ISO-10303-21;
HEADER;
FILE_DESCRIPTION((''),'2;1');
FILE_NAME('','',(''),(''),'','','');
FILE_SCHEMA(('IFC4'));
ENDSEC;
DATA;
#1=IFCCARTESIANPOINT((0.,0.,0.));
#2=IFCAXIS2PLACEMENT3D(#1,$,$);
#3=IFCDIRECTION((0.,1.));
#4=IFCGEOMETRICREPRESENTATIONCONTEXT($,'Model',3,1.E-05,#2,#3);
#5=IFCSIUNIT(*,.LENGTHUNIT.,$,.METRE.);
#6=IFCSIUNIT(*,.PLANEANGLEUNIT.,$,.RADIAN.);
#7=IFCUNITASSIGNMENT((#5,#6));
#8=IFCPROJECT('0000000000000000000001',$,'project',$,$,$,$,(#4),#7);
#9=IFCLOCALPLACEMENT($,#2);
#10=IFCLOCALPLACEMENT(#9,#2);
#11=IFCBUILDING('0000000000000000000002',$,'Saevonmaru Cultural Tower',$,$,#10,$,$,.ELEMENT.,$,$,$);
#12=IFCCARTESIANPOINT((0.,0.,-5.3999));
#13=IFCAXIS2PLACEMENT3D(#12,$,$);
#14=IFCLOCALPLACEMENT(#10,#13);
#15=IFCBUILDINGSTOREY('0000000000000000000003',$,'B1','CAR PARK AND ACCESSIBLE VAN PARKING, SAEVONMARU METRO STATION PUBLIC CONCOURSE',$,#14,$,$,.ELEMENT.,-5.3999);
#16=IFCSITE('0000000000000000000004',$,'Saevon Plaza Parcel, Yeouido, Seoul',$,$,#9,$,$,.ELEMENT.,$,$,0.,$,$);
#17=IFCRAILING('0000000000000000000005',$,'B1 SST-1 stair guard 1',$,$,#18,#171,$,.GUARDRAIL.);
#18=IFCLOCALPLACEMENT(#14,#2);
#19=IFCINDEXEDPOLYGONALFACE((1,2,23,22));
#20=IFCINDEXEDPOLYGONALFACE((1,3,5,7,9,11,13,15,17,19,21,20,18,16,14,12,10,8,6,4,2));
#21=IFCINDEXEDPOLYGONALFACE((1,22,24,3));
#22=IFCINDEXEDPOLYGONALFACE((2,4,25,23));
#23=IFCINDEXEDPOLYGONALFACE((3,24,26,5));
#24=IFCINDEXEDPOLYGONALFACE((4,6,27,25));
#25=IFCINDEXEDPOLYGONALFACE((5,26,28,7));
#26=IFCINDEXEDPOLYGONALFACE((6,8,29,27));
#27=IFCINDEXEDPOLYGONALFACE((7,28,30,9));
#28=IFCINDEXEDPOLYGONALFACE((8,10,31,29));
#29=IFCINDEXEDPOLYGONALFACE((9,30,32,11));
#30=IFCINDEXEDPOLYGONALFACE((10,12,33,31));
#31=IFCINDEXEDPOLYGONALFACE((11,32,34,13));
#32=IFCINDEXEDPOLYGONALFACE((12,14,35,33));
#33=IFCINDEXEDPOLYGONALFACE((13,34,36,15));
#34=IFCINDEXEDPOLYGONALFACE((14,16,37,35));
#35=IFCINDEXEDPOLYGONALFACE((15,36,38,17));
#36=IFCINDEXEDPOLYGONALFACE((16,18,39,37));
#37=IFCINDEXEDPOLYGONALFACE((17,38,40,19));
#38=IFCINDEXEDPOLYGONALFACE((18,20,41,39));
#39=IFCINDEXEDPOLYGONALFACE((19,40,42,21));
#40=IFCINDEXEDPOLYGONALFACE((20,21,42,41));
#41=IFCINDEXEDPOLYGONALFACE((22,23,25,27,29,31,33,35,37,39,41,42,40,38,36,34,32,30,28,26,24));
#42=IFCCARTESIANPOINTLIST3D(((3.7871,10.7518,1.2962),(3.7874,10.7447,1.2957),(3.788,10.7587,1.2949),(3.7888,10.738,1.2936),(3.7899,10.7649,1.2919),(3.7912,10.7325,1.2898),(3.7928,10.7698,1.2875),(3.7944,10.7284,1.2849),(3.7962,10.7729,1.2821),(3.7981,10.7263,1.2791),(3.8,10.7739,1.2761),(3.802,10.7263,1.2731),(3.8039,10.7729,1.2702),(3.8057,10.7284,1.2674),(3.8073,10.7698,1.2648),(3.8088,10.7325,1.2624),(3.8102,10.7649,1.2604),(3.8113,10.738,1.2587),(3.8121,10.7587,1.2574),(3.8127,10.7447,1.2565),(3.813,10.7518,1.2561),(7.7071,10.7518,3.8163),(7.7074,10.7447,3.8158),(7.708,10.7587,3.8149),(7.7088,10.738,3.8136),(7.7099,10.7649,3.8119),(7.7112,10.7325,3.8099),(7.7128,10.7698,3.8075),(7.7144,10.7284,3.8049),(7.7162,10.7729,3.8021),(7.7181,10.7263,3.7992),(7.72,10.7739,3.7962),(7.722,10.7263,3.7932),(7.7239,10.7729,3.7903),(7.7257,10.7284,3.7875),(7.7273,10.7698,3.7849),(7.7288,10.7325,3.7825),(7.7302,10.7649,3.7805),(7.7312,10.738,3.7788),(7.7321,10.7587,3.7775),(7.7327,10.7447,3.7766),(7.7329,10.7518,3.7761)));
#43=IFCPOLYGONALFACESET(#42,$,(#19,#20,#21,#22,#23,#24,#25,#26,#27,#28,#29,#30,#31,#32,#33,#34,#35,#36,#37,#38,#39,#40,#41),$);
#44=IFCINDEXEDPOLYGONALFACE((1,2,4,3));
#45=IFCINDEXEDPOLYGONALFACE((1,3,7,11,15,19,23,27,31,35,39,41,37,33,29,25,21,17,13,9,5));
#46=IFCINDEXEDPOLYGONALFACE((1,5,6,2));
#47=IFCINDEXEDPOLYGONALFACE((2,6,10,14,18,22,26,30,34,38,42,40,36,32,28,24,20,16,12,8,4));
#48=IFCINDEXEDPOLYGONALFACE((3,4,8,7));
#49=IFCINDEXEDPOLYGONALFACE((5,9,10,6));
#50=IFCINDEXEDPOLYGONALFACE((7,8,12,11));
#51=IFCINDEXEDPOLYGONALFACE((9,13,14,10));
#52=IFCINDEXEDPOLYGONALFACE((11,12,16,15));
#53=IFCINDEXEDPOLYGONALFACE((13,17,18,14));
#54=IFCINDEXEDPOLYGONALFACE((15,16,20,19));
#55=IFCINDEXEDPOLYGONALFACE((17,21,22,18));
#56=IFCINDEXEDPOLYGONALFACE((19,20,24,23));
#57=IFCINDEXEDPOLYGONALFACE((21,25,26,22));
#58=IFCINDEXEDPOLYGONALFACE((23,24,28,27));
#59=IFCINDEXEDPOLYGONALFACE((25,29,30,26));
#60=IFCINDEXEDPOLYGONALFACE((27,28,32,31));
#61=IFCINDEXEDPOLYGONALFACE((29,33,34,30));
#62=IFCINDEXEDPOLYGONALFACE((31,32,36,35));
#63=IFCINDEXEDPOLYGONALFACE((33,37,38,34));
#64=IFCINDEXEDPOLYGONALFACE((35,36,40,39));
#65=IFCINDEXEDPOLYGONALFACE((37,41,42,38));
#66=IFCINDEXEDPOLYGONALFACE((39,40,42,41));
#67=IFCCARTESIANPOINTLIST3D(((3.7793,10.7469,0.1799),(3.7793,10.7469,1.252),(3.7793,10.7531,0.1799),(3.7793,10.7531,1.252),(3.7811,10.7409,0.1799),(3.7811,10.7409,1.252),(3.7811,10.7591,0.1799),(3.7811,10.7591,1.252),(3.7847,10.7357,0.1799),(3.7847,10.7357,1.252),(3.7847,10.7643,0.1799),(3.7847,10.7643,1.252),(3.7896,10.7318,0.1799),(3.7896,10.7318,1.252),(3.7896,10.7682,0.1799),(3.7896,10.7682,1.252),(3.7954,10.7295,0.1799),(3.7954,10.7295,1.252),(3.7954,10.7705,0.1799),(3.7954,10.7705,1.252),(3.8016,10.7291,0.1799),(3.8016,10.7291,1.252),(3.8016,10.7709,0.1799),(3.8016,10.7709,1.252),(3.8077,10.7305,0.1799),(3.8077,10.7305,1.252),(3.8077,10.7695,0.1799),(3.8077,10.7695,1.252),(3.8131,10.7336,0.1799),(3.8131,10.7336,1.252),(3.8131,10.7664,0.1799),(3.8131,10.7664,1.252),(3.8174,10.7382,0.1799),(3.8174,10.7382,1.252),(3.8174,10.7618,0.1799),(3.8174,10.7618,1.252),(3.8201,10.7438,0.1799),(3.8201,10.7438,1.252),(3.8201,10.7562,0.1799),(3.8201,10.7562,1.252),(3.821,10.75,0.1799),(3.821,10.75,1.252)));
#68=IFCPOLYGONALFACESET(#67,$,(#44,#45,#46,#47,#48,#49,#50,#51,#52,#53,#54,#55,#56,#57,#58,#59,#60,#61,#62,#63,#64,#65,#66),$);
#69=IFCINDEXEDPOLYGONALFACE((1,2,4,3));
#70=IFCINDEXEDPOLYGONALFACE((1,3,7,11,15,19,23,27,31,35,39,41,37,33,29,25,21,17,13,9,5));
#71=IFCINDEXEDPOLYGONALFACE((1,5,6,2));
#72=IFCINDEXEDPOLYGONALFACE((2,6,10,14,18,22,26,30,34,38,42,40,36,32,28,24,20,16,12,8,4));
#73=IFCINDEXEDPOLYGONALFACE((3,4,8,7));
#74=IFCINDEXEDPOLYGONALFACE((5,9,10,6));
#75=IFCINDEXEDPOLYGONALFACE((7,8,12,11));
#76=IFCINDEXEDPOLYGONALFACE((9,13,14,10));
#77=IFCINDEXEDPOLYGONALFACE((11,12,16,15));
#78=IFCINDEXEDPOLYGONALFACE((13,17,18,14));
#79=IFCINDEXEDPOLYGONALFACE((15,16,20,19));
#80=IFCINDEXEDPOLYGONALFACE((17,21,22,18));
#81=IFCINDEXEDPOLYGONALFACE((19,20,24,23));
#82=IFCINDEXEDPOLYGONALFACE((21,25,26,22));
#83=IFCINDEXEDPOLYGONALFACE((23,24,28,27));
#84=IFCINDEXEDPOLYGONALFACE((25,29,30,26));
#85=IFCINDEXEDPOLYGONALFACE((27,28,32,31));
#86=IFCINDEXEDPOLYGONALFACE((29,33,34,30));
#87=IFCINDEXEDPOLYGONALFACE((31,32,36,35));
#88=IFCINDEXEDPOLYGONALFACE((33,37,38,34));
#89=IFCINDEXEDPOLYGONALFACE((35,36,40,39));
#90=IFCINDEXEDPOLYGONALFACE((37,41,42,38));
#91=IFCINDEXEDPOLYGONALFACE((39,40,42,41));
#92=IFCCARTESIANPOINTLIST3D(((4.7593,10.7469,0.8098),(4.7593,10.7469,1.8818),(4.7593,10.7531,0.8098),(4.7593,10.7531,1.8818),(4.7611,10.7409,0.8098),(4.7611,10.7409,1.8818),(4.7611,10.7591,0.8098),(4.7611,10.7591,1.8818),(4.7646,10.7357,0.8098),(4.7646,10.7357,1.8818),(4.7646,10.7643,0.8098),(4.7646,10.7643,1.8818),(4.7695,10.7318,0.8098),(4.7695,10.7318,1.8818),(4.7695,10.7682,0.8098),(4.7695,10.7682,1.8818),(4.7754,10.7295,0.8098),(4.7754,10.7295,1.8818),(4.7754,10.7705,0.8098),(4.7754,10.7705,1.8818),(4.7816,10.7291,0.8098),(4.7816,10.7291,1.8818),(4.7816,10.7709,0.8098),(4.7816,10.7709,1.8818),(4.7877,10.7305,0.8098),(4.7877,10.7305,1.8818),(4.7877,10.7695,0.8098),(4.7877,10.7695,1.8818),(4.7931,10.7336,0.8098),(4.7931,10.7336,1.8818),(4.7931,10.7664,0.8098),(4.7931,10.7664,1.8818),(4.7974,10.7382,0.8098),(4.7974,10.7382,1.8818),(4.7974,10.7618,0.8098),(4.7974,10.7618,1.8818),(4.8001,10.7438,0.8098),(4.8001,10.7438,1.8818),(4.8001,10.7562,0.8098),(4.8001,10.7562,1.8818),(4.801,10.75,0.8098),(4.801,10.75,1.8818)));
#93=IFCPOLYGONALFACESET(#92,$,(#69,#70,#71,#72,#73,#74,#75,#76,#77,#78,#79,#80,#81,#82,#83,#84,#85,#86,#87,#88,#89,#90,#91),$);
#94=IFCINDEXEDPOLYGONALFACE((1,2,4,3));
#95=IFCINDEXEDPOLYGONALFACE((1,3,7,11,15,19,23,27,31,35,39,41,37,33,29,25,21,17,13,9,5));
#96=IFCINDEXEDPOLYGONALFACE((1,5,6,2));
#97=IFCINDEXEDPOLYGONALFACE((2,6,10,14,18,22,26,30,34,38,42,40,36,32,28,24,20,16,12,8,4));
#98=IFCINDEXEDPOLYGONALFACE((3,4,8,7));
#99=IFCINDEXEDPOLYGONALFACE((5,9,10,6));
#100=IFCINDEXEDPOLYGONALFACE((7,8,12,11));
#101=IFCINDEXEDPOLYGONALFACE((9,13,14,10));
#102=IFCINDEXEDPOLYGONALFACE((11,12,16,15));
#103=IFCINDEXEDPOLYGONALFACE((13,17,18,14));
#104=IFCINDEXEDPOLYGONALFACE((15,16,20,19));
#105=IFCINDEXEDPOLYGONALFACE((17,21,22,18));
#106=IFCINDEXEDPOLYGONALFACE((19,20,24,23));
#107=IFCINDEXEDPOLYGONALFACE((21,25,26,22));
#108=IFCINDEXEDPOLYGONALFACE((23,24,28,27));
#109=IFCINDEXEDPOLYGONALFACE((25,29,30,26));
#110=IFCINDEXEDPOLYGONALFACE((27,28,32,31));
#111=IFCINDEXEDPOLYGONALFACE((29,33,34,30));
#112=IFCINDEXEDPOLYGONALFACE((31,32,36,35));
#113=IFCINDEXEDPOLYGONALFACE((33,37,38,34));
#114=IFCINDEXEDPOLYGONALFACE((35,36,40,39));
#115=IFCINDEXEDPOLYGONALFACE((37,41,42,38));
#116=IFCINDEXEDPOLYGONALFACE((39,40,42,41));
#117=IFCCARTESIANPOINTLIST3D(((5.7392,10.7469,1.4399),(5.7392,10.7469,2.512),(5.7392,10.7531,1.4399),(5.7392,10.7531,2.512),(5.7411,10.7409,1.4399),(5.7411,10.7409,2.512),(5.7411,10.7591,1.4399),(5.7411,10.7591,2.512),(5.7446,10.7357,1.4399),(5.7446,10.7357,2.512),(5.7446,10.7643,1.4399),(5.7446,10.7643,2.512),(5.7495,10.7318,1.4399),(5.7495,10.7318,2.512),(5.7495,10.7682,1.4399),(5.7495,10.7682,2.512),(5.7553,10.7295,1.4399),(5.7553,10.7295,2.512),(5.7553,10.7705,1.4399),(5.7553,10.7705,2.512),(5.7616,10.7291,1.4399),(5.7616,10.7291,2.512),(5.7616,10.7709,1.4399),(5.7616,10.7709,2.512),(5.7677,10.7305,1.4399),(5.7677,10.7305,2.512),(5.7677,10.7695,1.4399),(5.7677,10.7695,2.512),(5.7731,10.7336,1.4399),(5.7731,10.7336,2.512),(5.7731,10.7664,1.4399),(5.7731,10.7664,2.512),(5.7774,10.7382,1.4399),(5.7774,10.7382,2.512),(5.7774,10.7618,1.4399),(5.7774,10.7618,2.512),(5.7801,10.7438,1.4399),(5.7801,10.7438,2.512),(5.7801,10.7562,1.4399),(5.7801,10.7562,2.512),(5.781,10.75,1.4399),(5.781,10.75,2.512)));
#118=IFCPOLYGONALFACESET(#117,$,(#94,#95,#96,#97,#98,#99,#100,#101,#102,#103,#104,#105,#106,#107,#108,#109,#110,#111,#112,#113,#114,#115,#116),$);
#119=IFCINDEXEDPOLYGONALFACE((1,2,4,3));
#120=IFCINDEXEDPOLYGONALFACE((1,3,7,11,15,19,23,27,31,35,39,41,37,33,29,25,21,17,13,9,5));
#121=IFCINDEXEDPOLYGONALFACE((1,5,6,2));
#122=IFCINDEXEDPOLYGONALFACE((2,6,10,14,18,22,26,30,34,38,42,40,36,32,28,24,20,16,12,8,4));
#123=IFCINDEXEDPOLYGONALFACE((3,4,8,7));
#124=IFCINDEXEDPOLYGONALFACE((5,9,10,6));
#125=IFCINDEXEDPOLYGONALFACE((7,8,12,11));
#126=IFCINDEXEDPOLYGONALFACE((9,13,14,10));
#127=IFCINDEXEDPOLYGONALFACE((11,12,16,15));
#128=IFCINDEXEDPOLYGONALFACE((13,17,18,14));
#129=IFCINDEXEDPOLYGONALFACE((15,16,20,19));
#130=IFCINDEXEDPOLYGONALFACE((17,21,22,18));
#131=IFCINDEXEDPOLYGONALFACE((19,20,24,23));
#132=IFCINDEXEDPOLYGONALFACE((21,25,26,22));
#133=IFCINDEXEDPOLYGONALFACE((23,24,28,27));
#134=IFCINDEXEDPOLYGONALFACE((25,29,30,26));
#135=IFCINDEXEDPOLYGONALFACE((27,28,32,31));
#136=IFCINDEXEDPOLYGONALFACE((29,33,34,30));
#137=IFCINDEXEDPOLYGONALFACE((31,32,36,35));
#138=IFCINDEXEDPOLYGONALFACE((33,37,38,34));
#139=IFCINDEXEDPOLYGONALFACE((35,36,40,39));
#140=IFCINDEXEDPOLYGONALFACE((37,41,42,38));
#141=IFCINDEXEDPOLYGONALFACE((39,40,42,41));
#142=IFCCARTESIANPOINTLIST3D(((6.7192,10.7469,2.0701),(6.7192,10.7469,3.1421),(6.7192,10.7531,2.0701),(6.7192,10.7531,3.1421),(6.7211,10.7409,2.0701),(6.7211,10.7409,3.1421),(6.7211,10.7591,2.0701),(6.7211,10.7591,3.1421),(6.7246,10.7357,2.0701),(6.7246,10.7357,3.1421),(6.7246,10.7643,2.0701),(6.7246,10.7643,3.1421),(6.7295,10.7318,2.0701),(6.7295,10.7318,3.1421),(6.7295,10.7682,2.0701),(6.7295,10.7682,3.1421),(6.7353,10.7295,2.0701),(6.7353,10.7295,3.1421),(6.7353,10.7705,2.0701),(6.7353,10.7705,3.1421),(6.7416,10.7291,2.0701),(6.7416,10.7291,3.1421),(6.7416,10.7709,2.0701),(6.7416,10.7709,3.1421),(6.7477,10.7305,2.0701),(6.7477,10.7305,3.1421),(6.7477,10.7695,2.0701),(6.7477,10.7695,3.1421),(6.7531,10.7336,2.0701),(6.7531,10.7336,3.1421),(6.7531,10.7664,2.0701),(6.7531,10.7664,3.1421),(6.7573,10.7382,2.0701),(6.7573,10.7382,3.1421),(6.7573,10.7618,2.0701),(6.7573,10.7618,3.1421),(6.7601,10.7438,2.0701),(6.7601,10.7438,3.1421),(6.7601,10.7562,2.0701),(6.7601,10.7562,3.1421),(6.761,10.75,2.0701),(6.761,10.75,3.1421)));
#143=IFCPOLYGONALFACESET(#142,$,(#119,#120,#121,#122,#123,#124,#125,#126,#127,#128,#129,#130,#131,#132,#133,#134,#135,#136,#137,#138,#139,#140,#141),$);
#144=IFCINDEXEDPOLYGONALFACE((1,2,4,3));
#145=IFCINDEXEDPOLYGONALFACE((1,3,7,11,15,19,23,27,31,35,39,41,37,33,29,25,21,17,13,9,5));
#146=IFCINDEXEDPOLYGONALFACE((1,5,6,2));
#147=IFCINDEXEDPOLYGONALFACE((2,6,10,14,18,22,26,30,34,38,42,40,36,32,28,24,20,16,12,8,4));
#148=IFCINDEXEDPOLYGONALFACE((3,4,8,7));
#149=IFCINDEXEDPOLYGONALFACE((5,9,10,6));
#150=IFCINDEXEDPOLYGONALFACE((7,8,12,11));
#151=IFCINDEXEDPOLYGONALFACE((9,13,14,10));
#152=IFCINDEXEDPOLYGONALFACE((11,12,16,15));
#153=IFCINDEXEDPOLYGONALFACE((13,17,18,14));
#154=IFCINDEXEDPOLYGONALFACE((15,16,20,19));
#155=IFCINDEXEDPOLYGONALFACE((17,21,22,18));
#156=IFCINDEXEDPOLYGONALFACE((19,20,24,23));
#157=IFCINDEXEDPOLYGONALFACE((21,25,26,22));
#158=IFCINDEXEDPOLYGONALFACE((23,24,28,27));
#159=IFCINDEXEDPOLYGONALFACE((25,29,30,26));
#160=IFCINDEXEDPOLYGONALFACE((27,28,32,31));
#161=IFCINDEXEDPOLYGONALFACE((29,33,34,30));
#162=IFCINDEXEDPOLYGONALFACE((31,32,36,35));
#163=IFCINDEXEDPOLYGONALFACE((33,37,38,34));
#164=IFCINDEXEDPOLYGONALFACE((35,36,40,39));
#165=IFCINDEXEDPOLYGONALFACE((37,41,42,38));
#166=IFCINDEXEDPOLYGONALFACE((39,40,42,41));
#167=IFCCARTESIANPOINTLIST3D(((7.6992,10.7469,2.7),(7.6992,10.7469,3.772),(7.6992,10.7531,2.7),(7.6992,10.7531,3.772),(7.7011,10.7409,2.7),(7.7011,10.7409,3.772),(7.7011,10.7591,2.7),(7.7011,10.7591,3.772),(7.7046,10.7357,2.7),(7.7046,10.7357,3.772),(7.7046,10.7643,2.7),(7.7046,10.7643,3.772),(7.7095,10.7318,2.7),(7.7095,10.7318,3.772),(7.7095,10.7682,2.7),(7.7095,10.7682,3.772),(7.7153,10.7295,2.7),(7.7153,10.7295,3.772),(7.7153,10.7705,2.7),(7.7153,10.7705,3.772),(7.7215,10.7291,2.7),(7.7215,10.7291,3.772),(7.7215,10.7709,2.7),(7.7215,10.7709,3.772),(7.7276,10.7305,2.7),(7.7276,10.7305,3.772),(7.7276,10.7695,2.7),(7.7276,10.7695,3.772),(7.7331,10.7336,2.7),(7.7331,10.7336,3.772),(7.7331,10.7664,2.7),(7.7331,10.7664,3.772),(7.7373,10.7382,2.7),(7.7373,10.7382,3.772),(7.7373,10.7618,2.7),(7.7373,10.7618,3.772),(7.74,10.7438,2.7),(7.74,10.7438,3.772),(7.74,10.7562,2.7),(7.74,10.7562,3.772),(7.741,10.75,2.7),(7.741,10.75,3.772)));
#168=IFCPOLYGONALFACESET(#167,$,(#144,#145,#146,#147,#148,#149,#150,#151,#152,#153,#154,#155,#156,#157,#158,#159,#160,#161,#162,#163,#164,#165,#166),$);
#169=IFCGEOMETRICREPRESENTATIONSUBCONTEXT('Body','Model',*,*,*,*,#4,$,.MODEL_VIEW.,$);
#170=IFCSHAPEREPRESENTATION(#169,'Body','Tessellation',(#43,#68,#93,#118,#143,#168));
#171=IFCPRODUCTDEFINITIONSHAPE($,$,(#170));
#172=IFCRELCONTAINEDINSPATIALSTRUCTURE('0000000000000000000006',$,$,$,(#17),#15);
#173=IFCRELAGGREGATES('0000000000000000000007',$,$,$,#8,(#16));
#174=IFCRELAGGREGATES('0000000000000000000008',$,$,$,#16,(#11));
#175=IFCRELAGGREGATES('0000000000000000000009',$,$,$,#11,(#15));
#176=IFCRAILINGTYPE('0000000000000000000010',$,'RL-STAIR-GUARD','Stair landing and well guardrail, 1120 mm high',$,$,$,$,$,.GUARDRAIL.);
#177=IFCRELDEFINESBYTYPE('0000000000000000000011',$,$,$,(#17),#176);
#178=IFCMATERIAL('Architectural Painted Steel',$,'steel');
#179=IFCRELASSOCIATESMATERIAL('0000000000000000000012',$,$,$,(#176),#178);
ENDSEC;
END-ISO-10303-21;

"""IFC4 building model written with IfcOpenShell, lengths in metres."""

from ifc_helpers import new_model, si_unit, direction, frame, origin, origin_2d, place, context, subcontext, project, spatial, circle, extrude, material, type_object, element, save


model = new_model("IFC4")

# Units and contexts
model_context = context("Model", 3, precision=1e-05, world=origin(), true_north=direction((0.0, 1.0)))
body_context = subcontext(model_context, "Body", "Model", "MODEL_VIEW")
ifc_project = project(units=[si_unit("LENGTHUNIT", "METRE"), si_unit("PLANEANGLEUNIT", "RADIAN")], contexts=[model_context])

# Site, building, storey
site_placement = place(None, origin())
site = spatial("IfcSite", under=ifc_project, at=site_placement, Name="Saevon Plaza Parcel, Yeouido, Seoul", CompositionType="ELEMENT", RefElevation=0.0)
building_placement = place(site_placement, origin())
building = spatial("IfcBuilding", under=site, at=building_placement, Name="Saevonmaru Cultural Tower", CompositionType="ELEMENT")
storey_placement = place(building_placement, frame((0.0, 0.0, -5.3999)))
storey = spatial("IfcBuildingStorey", under=building, at=storey_placement, Name="B1", Description="CAR PARK AND ACCESSIBLE VAN PARKING, SAEVONMARU METRO STATION PUBLIC CONCOURSE", CompositionType="ELEMENT", Elevation=-5.3999)

# Railing
ifc_material_1 = material(Name="Architectural Painted Steel", Category="steel")
railing_type_1 = type_object("IfcRailingType", Name="RL-STAIR-GUARD", Description="Stair landing and well guardrail, 1120 mm high", PredefinedType="GUARDRAIL", material=ifc_material_1)
railing_1_placement = place(storey_placement, frame((3.8, 10.75, 0.1799)))
element("IfcRailing", 1, at=railing_1_placement, inside=storey, type_object=railing_type_1, Name="B1 SST-1 stair guard 1", PredefinedType="GUARDRAIL", context=body_context, shape_type="SweptSolid", body=[
    extrude(circle(Radius=0.0239, at=origin_2d()), frame((0.0, 0.0, 1.0962), z_axis=(0.841172, 0.0, 0.540768), x_axis=(0.0, 1.0, 0.0)), (0.0, 0.0, 1.0), 4.6602),
    extrude(circle(Radius=0.021, at=origin_2d()), origin(), (0.0, 0.0, 1.0), 1.072),
    extrude(circle(Radius=0.021, at=origin_2d()), frame((0.98, 0.0, 0.6299)), (0.0, 0.0, 1.0), 1.072),
    extrude(circle(Radius=0.021, at=origin_2d()), frame((1.96, 0.0, 1.26)), (0.0, 0.0, 1.0), 1.072),
    extrude(circle(Radius=0.021, at=origin_2d()), frame((2.9399, 0.0, 1.8901)), (0.0, 0.0, 1.0), 1.072),
    extrude(circle(Radius=0.021, at=origin_2d()), frame((3.9199, 0.0, 2.52)), (0.0, 0.0, 1.0), 1.072),
])

save(model, "model.ifc")
